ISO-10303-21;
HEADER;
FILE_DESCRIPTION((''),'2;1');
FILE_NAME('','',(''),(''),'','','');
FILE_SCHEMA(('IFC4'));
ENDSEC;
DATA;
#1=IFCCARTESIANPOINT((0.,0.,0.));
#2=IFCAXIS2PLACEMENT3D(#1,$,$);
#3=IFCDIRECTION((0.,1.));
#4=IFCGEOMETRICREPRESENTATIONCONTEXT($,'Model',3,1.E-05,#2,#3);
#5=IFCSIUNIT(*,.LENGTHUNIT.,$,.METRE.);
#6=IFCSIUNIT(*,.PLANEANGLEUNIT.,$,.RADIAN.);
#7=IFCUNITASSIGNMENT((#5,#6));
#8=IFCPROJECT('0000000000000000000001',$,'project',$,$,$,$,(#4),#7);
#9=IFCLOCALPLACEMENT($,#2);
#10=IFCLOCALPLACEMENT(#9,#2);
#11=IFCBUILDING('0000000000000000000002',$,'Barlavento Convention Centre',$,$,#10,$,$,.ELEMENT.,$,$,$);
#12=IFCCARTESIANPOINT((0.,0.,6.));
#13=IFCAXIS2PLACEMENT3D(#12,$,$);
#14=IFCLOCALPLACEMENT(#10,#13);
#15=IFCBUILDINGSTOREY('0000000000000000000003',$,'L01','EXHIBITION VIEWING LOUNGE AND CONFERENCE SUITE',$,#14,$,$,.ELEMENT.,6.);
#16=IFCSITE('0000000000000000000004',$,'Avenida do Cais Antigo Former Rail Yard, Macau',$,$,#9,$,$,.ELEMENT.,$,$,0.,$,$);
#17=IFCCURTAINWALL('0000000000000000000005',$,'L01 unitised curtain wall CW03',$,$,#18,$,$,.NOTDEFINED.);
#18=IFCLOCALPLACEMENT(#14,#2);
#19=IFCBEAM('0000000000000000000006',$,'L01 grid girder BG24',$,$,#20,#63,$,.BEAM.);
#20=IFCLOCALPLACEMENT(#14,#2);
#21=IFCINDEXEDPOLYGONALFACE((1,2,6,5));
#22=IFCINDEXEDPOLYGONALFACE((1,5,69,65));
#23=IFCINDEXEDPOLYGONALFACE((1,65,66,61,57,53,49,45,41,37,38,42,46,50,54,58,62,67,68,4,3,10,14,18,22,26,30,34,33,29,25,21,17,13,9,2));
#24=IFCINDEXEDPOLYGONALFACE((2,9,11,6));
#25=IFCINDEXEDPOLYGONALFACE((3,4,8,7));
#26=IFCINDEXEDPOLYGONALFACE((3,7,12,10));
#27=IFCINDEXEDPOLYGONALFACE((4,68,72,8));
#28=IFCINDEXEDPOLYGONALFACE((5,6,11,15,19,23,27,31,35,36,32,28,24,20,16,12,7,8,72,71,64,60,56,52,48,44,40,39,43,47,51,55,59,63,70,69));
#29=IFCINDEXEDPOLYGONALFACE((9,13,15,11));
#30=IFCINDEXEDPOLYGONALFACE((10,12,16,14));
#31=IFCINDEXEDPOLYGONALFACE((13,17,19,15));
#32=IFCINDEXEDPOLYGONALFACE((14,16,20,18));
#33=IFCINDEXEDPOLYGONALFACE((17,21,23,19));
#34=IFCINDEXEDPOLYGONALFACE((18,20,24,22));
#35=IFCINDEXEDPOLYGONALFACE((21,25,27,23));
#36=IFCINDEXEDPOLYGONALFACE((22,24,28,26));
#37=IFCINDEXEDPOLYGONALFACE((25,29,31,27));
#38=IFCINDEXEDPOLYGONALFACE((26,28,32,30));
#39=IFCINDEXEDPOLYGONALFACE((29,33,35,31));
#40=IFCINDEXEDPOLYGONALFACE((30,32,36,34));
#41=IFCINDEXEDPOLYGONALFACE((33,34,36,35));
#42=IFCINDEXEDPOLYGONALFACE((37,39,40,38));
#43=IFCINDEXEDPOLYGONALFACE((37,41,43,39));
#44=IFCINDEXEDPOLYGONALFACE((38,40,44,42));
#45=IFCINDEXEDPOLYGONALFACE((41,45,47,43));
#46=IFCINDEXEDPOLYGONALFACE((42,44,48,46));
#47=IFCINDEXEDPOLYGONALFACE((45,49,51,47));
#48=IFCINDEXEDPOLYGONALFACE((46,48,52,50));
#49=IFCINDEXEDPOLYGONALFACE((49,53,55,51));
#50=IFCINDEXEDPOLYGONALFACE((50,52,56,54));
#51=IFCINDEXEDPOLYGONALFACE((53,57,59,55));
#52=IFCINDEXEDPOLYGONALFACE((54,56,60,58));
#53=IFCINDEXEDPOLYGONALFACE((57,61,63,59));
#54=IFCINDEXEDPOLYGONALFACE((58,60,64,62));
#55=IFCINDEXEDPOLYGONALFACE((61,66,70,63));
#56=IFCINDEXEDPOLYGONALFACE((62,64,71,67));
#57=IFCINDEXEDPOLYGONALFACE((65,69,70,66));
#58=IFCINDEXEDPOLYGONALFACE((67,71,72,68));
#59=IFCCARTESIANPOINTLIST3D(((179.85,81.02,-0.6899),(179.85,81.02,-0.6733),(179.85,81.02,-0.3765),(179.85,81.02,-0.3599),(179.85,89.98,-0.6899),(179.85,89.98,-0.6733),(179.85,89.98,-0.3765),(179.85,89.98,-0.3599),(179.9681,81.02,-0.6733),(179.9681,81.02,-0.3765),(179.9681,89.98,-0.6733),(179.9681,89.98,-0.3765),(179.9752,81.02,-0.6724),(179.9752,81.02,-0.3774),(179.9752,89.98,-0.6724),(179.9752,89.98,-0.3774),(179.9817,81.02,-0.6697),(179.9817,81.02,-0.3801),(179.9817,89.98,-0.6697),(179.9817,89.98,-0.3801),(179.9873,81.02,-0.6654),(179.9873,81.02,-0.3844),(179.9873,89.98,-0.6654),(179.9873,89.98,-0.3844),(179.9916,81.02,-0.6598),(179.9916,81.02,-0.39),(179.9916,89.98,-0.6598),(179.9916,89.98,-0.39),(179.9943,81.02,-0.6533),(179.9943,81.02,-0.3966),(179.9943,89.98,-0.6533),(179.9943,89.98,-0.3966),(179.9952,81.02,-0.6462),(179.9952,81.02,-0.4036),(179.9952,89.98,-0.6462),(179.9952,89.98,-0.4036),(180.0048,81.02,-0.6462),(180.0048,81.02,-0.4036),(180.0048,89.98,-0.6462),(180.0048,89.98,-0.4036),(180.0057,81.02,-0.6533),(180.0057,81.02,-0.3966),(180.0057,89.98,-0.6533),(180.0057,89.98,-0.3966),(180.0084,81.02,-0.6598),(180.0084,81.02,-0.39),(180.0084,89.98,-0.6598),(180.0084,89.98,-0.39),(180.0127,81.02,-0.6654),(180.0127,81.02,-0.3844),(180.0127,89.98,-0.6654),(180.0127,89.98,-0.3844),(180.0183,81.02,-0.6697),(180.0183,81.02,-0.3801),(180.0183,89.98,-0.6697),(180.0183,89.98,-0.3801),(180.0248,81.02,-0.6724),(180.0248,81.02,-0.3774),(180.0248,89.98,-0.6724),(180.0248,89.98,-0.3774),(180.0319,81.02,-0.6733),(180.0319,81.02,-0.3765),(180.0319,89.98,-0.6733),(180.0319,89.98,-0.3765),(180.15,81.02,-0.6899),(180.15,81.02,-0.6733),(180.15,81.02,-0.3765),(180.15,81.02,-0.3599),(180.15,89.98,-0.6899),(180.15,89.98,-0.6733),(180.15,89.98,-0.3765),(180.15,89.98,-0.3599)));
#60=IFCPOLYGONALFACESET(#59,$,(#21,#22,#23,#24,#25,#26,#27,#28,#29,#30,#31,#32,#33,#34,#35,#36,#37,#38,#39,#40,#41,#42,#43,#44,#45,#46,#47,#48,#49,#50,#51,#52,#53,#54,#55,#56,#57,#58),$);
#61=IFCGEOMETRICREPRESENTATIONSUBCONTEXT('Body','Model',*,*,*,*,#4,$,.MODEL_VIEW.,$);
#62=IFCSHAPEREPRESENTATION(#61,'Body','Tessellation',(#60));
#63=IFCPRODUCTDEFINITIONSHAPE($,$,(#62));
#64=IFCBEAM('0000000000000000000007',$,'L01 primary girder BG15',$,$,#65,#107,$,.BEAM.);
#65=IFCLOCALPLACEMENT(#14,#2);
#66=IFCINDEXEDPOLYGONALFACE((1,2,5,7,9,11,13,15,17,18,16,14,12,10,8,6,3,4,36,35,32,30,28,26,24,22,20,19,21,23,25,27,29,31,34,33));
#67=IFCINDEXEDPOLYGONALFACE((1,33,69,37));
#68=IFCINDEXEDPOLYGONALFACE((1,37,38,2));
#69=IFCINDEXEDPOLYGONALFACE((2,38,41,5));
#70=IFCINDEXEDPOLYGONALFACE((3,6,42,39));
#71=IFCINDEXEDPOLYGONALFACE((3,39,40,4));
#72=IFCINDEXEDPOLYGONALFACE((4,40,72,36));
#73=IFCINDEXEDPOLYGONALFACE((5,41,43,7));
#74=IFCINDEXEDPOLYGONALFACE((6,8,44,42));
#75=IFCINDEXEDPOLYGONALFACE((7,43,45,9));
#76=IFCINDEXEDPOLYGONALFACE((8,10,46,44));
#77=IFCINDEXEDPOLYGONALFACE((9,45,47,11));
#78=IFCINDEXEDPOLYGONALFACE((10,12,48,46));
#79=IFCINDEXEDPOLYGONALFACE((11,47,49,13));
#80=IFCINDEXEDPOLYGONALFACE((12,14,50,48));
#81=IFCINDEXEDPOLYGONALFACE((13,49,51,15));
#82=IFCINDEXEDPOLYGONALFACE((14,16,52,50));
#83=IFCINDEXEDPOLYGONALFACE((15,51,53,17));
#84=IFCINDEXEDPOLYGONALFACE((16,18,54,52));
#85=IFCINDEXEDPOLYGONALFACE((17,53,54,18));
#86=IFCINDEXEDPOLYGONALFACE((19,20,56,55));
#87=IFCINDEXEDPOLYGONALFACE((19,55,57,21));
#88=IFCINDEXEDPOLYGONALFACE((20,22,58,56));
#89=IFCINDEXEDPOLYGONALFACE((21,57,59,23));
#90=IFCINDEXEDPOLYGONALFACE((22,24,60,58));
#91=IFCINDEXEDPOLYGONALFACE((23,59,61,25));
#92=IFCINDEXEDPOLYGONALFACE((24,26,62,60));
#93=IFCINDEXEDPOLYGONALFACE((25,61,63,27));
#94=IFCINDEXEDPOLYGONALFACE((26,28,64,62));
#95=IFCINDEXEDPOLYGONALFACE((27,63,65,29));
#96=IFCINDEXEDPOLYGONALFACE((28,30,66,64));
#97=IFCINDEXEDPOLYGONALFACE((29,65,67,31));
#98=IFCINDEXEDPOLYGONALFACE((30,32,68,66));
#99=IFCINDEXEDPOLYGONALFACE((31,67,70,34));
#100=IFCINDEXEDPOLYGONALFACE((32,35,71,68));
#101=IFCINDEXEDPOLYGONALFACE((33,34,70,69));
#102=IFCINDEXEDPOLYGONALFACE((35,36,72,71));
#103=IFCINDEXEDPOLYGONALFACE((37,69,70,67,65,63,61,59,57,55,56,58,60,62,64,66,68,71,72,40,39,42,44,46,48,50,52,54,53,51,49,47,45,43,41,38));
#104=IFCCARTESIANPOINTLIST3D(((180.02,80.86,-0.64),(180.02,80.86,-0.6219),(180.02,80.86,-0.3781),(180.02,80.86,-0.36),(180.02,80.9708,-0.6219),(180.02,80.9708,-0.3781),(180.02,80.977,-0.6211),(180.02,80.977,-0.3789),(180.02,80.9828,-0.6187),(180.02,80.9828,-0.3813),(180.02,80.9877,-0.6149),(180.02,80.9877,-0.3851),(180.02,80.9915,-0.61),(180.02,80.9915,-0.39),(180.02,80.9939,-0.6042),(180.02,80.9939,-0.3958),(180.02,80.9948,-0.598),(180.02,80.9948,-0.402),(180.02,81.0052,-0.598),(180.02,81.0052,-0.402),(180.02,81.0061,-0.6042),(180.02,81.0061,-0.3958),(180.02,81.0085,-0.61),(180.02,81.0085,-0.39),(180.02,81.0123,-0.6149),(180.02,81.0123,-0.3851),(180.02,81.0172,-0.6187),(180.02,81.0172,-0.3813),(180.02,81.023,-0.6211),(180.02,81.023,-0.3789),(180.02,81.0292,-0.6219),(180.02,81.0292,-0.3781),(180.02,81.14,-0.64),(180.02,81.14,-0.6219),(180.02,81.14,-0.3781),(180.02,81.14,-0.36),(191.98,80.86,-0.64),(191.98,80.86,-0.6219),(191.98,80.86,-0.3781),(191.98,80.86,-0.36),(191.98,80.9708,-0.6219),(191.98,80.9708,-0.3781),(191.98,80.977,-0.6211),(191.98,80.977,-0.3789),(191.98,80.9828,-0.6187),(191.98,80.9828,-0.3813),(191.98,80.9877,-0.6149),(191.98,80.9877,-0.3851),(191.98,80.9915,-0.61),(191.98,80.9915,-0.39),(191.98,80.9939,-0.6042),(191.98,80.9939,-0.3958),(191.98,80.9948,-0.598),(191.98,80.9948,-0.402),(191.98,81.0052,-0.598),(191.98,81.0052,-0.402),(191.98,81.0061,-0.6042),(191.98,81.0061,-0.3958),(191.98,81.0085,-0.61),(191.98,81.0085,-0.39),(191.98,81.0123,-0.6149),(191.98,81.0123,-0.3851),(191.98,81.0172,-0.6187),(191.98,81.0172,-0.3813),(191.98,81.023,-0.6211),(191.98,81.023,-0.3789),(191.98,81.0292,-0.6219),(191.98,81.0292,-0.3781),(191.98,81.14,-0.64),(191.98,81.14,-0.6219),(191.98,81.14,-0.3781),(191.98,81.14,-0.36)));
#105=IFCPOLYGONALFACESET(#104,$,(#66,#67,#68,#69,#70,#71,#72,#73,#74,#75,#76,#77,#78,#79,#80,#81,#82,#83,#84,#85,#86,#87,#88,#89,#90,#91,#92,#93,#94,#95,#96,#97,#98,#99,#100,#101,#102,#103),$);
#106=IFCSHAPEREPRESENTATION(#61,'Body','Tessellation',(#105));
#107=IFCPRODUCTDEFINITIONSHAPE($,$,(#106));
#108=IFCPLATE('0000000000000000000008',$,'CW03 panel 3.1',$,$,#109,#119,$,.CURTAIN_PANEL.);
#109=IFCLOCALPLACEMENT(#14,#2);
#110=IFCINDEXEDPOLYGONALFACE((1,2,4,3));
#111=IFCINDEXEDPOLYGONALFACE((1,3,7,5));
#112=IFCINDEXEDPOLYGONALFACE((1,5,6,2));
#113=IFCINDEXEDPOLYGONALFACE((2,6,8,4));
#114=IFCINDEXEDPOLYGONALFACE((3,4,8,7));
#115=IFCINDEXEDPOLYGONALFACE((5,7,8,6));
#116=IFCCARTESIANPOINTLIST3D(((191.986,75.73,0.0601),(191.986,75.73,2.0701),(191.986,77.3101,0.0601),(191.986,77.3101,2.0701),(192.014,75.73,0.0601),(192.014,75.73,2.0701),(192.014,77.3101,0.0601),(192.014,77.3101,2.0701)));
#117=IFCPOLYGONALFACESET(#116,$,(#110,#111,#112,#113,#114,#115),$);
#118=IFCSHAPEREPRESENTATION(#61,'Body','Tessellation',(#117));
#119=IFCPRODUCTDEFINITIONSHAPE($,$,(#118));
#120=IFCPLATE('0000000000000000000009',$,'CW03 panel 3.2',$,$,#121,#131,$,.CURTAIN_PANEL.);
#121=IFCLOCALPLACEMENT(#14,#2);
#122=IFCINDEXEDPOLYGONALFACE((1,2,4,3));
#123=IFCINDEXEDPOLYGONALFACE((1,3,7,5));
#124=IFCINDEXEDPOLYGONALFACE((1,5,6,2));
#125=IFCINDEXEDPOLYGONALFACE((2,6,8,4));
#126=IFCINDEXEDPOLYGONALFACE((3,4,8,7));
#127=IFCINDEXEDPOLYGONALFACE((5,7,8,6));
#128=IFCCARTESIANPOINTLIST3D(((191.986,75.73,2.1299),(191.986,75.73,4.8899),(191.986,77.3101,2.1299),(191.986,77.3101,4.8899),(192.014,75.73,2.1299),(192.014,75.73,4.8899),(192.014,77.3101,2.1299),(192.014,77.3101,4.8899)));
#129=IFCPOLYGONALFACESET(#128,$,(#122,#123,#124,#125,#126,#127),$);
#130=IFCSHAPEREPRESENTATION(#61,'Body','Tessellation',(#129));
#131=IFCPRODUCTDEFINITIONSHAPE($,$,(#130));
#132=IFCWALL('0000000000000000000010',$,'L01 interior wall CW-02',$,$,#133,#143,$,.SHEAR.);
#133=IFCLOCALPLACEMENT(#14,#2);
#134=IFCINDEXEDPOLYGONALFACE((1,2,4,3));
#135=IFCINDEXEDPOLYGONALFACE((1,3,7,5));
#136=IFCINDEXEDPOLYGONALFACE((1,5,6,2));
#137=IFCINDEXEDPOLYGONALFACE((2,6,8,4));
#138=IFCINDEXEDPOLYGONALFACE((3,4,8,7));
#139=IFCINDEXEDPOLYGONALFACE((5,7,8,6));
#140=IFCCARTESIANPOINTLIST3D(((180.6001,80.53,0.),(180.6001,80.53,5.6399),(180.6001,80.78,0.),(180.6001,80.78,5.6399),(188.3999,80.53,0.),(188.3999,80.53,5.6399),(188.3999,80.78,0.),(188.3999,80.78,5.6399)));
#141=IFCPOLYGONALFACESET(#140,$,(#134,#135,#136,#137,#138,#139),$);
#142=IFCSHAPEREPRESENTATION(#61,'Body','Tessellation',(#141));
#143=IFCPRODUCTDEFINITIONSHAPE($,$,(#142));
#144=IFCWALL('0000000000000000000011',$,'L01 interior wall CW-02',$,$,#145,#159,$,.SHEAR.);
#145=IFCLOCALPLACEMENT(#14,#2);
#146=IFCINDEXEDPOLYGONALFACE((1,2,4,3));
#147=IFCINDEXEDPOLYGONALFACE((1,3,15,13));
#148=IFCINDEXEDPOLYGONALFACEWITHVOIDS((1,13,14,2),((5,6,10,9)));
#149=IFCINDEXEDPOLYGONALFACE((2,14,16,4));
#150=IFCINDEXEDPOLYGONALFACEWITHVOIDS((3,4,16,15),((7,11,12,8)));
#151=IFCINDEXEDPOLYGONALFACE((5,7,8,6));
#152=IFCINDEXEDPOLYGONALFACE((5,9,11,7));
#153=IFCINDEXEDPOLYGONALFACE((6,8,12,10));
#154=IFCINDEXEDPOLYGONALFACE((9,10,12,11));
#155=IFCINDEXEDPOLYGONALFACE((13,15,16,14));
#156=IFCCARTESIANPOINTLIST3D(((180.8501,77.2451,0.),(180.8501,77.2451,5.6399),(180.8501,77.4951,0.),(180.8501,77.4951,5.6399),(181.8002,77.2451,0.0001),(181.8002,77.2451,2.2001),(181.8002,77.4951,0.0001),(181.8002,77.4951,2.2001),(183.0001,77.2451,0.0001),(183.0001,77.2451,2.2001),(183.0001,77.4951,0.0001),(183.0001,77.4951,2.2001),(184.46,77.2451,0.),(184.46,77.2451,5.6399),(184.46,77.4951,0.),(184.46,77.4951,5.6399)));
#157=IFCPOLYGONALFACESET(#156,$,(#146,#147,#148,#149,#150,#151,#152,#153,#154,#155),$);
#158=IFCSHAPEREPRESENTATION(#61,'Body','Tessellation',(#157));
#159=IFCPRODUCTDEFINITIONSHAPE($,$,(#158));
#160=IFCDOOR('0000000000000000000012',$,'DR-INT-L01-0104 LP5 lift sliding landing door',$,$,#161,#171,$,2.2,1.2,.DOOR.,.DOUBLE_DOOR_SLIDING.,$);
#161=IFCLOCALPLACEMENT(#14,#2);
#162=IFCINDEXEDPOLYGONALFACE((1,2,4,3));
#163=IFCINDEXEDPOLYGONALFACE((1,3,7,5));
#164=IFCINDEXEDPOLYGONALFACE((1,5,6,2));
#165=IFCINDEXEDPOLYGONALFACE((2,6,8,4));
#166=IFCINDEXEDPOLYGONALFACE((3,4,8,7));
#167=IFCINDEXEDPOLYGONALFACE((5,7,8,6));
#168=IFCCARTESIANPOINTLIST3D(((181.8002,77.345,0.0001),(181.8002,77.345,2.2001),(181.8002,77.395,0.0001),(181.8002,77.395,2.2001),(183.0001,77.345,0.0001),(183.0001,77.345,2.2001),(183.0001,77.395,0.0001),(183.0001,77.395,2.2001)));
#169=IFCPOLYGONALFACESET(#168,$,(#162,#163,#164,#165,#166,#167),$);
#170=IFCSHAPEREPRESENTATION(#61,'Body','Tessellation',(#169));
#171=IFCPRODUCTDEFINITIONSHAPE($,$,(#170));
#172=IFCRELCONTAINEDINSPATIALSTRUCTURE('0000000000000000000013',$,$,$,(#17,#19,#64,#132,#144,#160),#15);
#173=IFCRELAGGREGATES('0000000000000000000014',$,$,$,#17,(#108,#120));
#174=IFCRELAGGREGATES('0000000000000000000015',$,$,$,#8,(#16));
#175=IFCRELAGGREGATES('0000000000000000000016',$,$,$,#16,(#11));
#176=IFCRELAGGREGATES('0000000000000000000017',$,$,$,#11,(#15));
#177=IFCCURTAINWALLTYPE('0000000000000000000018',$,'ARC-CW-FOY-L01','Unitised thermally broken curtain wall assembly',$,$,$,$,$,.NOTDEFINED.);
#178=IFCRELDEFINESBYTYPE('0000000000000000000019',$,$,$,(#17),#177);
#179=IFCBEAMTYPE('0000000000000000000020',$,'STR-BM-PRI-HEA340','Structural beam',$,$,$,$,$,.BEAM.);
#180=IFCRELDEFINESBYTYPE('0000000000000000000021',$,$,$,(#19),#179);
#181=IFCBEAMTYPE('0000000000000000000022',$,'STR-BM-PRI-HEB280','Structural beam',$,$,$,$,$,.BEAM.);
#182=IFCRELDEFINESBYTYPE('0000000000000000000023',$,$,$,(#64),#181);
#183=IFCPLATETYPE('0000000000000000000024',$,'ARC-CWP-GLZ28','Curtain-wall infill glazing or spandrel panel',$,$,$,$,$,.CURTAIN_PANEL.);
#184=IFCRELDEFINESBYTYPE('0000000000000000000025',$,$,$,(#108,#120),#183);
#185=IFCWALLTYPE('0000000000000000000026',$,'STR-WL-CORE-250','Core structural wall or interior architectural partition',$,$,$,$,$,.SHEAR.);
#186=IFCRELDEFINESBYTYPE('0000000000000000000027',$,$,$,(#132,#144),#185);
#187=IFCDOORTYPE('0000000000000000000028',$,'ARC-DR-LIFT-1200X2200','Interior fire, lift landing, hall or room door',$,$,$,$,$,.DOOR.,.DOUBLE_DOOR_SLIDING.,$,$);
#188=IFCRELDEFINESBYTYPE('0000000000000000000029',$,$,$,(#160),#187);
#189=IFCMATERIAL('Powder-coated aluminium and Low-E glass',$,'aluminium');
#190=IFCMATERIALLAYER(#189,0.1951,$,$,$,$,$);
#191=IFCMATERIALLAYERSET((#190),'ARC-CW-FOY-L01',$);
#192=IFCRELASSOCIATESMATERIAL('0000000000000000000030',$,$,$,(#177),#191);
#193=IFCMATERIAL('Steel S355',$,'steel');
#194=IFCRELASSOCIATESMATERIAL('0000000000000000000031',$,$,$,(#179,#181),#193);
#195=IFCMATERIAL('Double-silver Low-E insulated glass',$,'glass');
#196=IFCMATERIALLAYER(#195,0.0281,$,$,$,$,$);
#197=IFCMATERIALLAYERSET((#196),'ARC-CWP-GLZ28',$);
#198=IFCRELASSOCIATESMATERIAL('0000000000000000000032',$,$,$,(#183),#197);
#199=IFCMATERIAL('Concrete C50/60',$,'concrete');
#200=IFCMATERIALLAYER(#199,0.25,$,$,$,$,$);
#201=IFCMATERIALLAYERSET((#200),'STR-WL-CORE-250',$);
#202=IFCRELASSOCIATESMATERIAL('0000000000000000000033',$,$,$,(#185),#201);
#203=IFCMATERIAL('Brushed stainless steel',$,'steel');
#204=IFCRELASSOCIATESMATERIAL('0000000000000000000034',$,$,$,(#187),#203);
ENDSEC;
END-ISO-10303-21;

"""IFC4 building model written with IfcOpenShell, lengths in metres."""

from ifc_helpers import new_model, si_unit, direction, frame, frame_2d, origin, origin_2d, place, context, subcontext, project, spatial, rectangle, i_section, extrude, material, layer, layer_set, material_profile, profile_set, type_object, element, fill, aggregate, save


model = new_model("IFC4")

# Units and contexts
model_context = context("Model", 3, precision=1e-05, world=origin(), true_north=direction((0.0, 1.0)))
body_context = subcontext(model_context, "Body", "Model", "MODEL_VIEW")
ifc_project = project(units=[si_unit("LENGTHUNIT", "METRE"), si_unit("PLANEANGLEUNIT", "RADIAN")], contexts=[model_context])

# Site, building, storey
site_placement = place(None, origin())
site = spatial("IfcSite", under=ifc_project, at=site_placement, Name="Avenida do Cais Antigo Former Rail Yard, Macau", CompositionType="ELEMENT", RefElevation=0.0)
building_placement = place(site_placement, origin())
building = spatial("IfcBuilding", under=site, at=building_placement, Name="Barlavento Convention Centre", CompositionType="ELEMENT")
storey_placement = place(building_placement, frame((0.0, 0.0, 6.0)))
storey = spatial("IfcBuildingStorey", under=building, at=storey_placement, Name="L01", Description="EXHIBITION VIEWING LOUNGE AND CONFERENCE SUITE", CompositionType="ELEMENT", Elevation=6.0)

# Curtain wall
ifc_material_1 = material(Name="Powder-coated aluminium and Low-E glass", Category="aluminium")
ifc_layer_1 = layer(ifc_material_1, 0.1951)
ifc_layer_set_1 = layer_set([ifc_layer_1], Name="ARC-CW-FOY-L01")
curtain_wall_type = type_object("IfcCurtainWallType", Name="ARC-CW-FOY-L01", Description="Unitised thermally broken curtain wall assembly", PredefinedType="NOTDEFINED", material=ifc_layer_set_1)
curtain_wall_placement = place(storey_placement, origin())
curtain_wall = element("IfcCurtainWall", 1, at=curtain_wall_placement, inside=storey, type_object=curtain_wall_type, Name="L01 unitised curtain wall CW03", PredefinedType="NOTDEFINED")

# Beams
ifc_material_2 = material(Name="Steel S355", Category="steel")
ifc_material_profile_1 = material_profile(ifc_material_2, i_section(OverallWidth=0.3, OverallDepth=0.3301, WebThickness=0.0095, FlangeThickness=0.0166, FilletRadius=0.0271, at=origin_2d()), Name="HEA 340")
ifc_profile_set_1 = profile_set([ifc_material_profile_1], Name="Steel S355")
beam_type_1 = type_object("IfcBeamType", Name="STR-BM-PRI-HEA340", Description="Structural beam", PredefinedType="BEAM", material=ifc_profile_set_1)
beam_1_placement = place(storey_placement, frame((180.0, 81.02, -0.5249), z_axis=(0.0, 1.0, 0.0), x_axis=(-1.0, 0.0, 0.0)))
element("IfcBeam", 2, at=beam_1_placement, inside=storey, type_object=beam_type_1, Name="L01 grid girder BG24", PredefinedType="BEAM", context=body_context, shape_type="SweptSolid", body=[
    extrude(i_section(OverallWidth=0.3, OverallDepth=0.3301, WebThickness=0.0095, FlangeThickness=0.0166, FilletRadius=0.0271, at=origin_2d()), origin(), (0.0, 0.0, 1.0), 8.96),
])
ifc_material_profile_2 = material_profile(ifc_material_2, i_section(OverallWidth=0.28, OverallDepth=0.28, WebThickness=0.0105, FlangeThickness=0.0181, FilletRadius=0.0239, at=origin_2d()), Name="HEB 280")
ifc_profile_set_2 = profile_set([ifc_material_profile_2], Name="Steel S355")
beam_type_2 = type_object("IfcBeamType", Name="STR-BM-PRI-HEB280", Description="Structural beam", PredefinedType="BEAM", material=ifc_profile_set_2)
beam_2_placement = place(storey_placement, frame((180.02, 81.0, -0.5), z_axis=(1.0, 0.0, 0.0), x_axis=(0.0, 1.0, 0.0)))
element("IfcBeam", 3, at=beam_2_placement, inside=storey, type_object=beam_type_2, Name="L01 primary girder BG15", PredefinedType="BEAM", context=body_context, shape_type="SweptSolid", body=[
    extrude(i_section(OverallWidth=0.28, OverallDepth=0.28, WebThickness=0.0105, FlangeThickness=0.0181, FilletRadius=0.0239, at=origin_2d()), origin(), (0.0, 0.0, 1.0), 11.96),
])

# Plates
ifc_material_3 = material(Name="Double-silver Low-E insulated glass", Category="glass")
ifc_layer_2 = layer(ifc_material_3, 0.0281)
ifc_layer_set_2 = layer_set([ifc_layer_2], Name="ARC-CWP-GLZ28")
plate_type = type_object("IfcPlateType", Name="ARC-CWP-GLZ28", Description="Curtain-wall infill glazing or spandrel panel", PredefinedType="CURTAIN_PANEL", material=ifc_layer_set_2)
plate_1_placement = place(storey_placement, frame((192.0, 76.52, 0.0601), z_axis=(0.0, 0.0, 1.0), x_axis=(0.0, 1.0, 0.0)))
plate_1 = element("IfcPlate", 4, at=plate_1_placement, type_object=plate_type, Name="CW03 panel 3.1", PredefinedType="CURTAIN_PANEL", context=body_context, shape_type="SweptSolid", body=[
    extrude(rectangle(XDim=1.5801, YDim=0.0281, at=origin_2d()), origin(), (0.0, 0.0, 1.0), 2.01),
])
plate_2_placement = place(storey_placement, frame((192.0, 76.52, 2.1299), z_axis=(0.0, 0.0, 1.0), x_axis=(0.0, 1.0, 0.0)))
plate_2 = element("IfcPlate", 5, at=plate_2_placement, type_object=plate_type, Name="CW03 panel 3.2", PredefinedType="CURTAIN_PANEL", context=body_context, shape_type="SweptSolid", body=[
    extrude(rectangle(XDim=1.5801, YDim=0.0281, at=origin_2d()), origin(), (0.0, 0.0, 1.0), 2.76),
])
aggregate(curtain_wall, [plate_1, plate_2])

# Wall
ifc_material_4 = material(Name="Concrete C50/60", Category="concrete")
ifc_layer_3 = layer(ifc_material_4, 0.25)
ifc_layer_set_3 = layer_set([ifc_layer_3], Name="STR-WL-CORE-250")
wall_type = type_object("IfcWallType", Name="STR-WL-CORE-250", Description="Core structural wall or interior architectural partition", PredefinedType="SHEAR", material=ifc_layer_set_3)
wall_1_placement = place(storey_placement, frame((180.6001, 80.655, 0.0), z_axis=(0.0, 0.0, 1.0), x_axis=(1.0, 0.0, 0.0)))
element("IfcWall", 6, at=wall_1_placement, inside=storey, type_object=wall_type, Name="L01 interior wall CW-02", PredefinedType="SHEAR", context=body_context, shape_type="SweptSolid", body=[
    extrude(rectangle(XDim=7.7998, YDim=0.25, at=frame_2d((3.8999, 0.0))), origin(), (0.0, 0.0, 1.0), 5.6399),
])

# Wall, opening, door
wall_2_placement = place(storey_placement, frame((180.8501, 77.3701, 0.0), z_axis=(0.0, 0.0, 1.0), x_axis=(1.0, 0.0, 0.0)))
wall_2 = element("IfcWall", 7, at=wall_2_placement, inside=storey, type_object=wall_type, Name="L01 interior wall CW-02", PredefinedType="SHEAR", context=body_context, shape_type="SweptSolid", body=[
    extrude(rectangle(XDim=3.6099, YDim=0.25, at=frame_2d((1.8049, 0.0))), origin(), (0.0, 0.0, 1.0), 5.6399),
])
opening_placement = place(wall_2_placement, frame((0.95, 0.0, 0.0)))
opening = element("IfcOpeningElement", 8, at=opening_placement, cuts=wall_2, PredefinedType="OPENING", context=body_context, shape_type="SweptSolid", body=[
    extrude(rectangle(XDim=1.2, YDim=2.2, at=frame_2d((0.6001, 1.1001))), frame((0.0, 0.135, 0.0), z_axis=(0.0, -1.0, 0.0), x_axis=(1.0, 0.0, 0.0)), (0.0, 0.0, 1.0), 0.27),
])
ifc_material_5 = material(Name="Brushed stainless steel", Category="steel")
door_type = type_object("IfcDoorType", Name="ARC-DR-LIFT-1200X2200", Description="Interior fire, lift landing, hall or room door", OperationType="DOUBLE_DOOR_SLIDING", PredefinedType="DOOR", material=ifc_material_5)
door_placement = place(opening_placement, origin())
door = element("IfcDoor", 9, at=door_placement, inside=storey, type_object=door_type, Name="DR-INT-L01-0104 LP5 lift sliding landing door", OperationType="DOUBLE_DOOR_SLIDING", OverallHeight=2.2, OverallWidth=1.2, PredefinedType="DOOR", context=body_context, shape_type="SweptSolid", body=[
    extrude(rectangle(XDim=1.2, YDim=2.2, at=frame_2d((0.6001, 1.1001))), frame((0.0, 0.0249, 0.0), z_axis=(0.0, -1.0, 0.0), x_axis=(1.0, 0.0, 0.0)), (0.0, 0.0, 1.0), 0.05),
])
fill(opening, door)

save(model, "model.ifc")
